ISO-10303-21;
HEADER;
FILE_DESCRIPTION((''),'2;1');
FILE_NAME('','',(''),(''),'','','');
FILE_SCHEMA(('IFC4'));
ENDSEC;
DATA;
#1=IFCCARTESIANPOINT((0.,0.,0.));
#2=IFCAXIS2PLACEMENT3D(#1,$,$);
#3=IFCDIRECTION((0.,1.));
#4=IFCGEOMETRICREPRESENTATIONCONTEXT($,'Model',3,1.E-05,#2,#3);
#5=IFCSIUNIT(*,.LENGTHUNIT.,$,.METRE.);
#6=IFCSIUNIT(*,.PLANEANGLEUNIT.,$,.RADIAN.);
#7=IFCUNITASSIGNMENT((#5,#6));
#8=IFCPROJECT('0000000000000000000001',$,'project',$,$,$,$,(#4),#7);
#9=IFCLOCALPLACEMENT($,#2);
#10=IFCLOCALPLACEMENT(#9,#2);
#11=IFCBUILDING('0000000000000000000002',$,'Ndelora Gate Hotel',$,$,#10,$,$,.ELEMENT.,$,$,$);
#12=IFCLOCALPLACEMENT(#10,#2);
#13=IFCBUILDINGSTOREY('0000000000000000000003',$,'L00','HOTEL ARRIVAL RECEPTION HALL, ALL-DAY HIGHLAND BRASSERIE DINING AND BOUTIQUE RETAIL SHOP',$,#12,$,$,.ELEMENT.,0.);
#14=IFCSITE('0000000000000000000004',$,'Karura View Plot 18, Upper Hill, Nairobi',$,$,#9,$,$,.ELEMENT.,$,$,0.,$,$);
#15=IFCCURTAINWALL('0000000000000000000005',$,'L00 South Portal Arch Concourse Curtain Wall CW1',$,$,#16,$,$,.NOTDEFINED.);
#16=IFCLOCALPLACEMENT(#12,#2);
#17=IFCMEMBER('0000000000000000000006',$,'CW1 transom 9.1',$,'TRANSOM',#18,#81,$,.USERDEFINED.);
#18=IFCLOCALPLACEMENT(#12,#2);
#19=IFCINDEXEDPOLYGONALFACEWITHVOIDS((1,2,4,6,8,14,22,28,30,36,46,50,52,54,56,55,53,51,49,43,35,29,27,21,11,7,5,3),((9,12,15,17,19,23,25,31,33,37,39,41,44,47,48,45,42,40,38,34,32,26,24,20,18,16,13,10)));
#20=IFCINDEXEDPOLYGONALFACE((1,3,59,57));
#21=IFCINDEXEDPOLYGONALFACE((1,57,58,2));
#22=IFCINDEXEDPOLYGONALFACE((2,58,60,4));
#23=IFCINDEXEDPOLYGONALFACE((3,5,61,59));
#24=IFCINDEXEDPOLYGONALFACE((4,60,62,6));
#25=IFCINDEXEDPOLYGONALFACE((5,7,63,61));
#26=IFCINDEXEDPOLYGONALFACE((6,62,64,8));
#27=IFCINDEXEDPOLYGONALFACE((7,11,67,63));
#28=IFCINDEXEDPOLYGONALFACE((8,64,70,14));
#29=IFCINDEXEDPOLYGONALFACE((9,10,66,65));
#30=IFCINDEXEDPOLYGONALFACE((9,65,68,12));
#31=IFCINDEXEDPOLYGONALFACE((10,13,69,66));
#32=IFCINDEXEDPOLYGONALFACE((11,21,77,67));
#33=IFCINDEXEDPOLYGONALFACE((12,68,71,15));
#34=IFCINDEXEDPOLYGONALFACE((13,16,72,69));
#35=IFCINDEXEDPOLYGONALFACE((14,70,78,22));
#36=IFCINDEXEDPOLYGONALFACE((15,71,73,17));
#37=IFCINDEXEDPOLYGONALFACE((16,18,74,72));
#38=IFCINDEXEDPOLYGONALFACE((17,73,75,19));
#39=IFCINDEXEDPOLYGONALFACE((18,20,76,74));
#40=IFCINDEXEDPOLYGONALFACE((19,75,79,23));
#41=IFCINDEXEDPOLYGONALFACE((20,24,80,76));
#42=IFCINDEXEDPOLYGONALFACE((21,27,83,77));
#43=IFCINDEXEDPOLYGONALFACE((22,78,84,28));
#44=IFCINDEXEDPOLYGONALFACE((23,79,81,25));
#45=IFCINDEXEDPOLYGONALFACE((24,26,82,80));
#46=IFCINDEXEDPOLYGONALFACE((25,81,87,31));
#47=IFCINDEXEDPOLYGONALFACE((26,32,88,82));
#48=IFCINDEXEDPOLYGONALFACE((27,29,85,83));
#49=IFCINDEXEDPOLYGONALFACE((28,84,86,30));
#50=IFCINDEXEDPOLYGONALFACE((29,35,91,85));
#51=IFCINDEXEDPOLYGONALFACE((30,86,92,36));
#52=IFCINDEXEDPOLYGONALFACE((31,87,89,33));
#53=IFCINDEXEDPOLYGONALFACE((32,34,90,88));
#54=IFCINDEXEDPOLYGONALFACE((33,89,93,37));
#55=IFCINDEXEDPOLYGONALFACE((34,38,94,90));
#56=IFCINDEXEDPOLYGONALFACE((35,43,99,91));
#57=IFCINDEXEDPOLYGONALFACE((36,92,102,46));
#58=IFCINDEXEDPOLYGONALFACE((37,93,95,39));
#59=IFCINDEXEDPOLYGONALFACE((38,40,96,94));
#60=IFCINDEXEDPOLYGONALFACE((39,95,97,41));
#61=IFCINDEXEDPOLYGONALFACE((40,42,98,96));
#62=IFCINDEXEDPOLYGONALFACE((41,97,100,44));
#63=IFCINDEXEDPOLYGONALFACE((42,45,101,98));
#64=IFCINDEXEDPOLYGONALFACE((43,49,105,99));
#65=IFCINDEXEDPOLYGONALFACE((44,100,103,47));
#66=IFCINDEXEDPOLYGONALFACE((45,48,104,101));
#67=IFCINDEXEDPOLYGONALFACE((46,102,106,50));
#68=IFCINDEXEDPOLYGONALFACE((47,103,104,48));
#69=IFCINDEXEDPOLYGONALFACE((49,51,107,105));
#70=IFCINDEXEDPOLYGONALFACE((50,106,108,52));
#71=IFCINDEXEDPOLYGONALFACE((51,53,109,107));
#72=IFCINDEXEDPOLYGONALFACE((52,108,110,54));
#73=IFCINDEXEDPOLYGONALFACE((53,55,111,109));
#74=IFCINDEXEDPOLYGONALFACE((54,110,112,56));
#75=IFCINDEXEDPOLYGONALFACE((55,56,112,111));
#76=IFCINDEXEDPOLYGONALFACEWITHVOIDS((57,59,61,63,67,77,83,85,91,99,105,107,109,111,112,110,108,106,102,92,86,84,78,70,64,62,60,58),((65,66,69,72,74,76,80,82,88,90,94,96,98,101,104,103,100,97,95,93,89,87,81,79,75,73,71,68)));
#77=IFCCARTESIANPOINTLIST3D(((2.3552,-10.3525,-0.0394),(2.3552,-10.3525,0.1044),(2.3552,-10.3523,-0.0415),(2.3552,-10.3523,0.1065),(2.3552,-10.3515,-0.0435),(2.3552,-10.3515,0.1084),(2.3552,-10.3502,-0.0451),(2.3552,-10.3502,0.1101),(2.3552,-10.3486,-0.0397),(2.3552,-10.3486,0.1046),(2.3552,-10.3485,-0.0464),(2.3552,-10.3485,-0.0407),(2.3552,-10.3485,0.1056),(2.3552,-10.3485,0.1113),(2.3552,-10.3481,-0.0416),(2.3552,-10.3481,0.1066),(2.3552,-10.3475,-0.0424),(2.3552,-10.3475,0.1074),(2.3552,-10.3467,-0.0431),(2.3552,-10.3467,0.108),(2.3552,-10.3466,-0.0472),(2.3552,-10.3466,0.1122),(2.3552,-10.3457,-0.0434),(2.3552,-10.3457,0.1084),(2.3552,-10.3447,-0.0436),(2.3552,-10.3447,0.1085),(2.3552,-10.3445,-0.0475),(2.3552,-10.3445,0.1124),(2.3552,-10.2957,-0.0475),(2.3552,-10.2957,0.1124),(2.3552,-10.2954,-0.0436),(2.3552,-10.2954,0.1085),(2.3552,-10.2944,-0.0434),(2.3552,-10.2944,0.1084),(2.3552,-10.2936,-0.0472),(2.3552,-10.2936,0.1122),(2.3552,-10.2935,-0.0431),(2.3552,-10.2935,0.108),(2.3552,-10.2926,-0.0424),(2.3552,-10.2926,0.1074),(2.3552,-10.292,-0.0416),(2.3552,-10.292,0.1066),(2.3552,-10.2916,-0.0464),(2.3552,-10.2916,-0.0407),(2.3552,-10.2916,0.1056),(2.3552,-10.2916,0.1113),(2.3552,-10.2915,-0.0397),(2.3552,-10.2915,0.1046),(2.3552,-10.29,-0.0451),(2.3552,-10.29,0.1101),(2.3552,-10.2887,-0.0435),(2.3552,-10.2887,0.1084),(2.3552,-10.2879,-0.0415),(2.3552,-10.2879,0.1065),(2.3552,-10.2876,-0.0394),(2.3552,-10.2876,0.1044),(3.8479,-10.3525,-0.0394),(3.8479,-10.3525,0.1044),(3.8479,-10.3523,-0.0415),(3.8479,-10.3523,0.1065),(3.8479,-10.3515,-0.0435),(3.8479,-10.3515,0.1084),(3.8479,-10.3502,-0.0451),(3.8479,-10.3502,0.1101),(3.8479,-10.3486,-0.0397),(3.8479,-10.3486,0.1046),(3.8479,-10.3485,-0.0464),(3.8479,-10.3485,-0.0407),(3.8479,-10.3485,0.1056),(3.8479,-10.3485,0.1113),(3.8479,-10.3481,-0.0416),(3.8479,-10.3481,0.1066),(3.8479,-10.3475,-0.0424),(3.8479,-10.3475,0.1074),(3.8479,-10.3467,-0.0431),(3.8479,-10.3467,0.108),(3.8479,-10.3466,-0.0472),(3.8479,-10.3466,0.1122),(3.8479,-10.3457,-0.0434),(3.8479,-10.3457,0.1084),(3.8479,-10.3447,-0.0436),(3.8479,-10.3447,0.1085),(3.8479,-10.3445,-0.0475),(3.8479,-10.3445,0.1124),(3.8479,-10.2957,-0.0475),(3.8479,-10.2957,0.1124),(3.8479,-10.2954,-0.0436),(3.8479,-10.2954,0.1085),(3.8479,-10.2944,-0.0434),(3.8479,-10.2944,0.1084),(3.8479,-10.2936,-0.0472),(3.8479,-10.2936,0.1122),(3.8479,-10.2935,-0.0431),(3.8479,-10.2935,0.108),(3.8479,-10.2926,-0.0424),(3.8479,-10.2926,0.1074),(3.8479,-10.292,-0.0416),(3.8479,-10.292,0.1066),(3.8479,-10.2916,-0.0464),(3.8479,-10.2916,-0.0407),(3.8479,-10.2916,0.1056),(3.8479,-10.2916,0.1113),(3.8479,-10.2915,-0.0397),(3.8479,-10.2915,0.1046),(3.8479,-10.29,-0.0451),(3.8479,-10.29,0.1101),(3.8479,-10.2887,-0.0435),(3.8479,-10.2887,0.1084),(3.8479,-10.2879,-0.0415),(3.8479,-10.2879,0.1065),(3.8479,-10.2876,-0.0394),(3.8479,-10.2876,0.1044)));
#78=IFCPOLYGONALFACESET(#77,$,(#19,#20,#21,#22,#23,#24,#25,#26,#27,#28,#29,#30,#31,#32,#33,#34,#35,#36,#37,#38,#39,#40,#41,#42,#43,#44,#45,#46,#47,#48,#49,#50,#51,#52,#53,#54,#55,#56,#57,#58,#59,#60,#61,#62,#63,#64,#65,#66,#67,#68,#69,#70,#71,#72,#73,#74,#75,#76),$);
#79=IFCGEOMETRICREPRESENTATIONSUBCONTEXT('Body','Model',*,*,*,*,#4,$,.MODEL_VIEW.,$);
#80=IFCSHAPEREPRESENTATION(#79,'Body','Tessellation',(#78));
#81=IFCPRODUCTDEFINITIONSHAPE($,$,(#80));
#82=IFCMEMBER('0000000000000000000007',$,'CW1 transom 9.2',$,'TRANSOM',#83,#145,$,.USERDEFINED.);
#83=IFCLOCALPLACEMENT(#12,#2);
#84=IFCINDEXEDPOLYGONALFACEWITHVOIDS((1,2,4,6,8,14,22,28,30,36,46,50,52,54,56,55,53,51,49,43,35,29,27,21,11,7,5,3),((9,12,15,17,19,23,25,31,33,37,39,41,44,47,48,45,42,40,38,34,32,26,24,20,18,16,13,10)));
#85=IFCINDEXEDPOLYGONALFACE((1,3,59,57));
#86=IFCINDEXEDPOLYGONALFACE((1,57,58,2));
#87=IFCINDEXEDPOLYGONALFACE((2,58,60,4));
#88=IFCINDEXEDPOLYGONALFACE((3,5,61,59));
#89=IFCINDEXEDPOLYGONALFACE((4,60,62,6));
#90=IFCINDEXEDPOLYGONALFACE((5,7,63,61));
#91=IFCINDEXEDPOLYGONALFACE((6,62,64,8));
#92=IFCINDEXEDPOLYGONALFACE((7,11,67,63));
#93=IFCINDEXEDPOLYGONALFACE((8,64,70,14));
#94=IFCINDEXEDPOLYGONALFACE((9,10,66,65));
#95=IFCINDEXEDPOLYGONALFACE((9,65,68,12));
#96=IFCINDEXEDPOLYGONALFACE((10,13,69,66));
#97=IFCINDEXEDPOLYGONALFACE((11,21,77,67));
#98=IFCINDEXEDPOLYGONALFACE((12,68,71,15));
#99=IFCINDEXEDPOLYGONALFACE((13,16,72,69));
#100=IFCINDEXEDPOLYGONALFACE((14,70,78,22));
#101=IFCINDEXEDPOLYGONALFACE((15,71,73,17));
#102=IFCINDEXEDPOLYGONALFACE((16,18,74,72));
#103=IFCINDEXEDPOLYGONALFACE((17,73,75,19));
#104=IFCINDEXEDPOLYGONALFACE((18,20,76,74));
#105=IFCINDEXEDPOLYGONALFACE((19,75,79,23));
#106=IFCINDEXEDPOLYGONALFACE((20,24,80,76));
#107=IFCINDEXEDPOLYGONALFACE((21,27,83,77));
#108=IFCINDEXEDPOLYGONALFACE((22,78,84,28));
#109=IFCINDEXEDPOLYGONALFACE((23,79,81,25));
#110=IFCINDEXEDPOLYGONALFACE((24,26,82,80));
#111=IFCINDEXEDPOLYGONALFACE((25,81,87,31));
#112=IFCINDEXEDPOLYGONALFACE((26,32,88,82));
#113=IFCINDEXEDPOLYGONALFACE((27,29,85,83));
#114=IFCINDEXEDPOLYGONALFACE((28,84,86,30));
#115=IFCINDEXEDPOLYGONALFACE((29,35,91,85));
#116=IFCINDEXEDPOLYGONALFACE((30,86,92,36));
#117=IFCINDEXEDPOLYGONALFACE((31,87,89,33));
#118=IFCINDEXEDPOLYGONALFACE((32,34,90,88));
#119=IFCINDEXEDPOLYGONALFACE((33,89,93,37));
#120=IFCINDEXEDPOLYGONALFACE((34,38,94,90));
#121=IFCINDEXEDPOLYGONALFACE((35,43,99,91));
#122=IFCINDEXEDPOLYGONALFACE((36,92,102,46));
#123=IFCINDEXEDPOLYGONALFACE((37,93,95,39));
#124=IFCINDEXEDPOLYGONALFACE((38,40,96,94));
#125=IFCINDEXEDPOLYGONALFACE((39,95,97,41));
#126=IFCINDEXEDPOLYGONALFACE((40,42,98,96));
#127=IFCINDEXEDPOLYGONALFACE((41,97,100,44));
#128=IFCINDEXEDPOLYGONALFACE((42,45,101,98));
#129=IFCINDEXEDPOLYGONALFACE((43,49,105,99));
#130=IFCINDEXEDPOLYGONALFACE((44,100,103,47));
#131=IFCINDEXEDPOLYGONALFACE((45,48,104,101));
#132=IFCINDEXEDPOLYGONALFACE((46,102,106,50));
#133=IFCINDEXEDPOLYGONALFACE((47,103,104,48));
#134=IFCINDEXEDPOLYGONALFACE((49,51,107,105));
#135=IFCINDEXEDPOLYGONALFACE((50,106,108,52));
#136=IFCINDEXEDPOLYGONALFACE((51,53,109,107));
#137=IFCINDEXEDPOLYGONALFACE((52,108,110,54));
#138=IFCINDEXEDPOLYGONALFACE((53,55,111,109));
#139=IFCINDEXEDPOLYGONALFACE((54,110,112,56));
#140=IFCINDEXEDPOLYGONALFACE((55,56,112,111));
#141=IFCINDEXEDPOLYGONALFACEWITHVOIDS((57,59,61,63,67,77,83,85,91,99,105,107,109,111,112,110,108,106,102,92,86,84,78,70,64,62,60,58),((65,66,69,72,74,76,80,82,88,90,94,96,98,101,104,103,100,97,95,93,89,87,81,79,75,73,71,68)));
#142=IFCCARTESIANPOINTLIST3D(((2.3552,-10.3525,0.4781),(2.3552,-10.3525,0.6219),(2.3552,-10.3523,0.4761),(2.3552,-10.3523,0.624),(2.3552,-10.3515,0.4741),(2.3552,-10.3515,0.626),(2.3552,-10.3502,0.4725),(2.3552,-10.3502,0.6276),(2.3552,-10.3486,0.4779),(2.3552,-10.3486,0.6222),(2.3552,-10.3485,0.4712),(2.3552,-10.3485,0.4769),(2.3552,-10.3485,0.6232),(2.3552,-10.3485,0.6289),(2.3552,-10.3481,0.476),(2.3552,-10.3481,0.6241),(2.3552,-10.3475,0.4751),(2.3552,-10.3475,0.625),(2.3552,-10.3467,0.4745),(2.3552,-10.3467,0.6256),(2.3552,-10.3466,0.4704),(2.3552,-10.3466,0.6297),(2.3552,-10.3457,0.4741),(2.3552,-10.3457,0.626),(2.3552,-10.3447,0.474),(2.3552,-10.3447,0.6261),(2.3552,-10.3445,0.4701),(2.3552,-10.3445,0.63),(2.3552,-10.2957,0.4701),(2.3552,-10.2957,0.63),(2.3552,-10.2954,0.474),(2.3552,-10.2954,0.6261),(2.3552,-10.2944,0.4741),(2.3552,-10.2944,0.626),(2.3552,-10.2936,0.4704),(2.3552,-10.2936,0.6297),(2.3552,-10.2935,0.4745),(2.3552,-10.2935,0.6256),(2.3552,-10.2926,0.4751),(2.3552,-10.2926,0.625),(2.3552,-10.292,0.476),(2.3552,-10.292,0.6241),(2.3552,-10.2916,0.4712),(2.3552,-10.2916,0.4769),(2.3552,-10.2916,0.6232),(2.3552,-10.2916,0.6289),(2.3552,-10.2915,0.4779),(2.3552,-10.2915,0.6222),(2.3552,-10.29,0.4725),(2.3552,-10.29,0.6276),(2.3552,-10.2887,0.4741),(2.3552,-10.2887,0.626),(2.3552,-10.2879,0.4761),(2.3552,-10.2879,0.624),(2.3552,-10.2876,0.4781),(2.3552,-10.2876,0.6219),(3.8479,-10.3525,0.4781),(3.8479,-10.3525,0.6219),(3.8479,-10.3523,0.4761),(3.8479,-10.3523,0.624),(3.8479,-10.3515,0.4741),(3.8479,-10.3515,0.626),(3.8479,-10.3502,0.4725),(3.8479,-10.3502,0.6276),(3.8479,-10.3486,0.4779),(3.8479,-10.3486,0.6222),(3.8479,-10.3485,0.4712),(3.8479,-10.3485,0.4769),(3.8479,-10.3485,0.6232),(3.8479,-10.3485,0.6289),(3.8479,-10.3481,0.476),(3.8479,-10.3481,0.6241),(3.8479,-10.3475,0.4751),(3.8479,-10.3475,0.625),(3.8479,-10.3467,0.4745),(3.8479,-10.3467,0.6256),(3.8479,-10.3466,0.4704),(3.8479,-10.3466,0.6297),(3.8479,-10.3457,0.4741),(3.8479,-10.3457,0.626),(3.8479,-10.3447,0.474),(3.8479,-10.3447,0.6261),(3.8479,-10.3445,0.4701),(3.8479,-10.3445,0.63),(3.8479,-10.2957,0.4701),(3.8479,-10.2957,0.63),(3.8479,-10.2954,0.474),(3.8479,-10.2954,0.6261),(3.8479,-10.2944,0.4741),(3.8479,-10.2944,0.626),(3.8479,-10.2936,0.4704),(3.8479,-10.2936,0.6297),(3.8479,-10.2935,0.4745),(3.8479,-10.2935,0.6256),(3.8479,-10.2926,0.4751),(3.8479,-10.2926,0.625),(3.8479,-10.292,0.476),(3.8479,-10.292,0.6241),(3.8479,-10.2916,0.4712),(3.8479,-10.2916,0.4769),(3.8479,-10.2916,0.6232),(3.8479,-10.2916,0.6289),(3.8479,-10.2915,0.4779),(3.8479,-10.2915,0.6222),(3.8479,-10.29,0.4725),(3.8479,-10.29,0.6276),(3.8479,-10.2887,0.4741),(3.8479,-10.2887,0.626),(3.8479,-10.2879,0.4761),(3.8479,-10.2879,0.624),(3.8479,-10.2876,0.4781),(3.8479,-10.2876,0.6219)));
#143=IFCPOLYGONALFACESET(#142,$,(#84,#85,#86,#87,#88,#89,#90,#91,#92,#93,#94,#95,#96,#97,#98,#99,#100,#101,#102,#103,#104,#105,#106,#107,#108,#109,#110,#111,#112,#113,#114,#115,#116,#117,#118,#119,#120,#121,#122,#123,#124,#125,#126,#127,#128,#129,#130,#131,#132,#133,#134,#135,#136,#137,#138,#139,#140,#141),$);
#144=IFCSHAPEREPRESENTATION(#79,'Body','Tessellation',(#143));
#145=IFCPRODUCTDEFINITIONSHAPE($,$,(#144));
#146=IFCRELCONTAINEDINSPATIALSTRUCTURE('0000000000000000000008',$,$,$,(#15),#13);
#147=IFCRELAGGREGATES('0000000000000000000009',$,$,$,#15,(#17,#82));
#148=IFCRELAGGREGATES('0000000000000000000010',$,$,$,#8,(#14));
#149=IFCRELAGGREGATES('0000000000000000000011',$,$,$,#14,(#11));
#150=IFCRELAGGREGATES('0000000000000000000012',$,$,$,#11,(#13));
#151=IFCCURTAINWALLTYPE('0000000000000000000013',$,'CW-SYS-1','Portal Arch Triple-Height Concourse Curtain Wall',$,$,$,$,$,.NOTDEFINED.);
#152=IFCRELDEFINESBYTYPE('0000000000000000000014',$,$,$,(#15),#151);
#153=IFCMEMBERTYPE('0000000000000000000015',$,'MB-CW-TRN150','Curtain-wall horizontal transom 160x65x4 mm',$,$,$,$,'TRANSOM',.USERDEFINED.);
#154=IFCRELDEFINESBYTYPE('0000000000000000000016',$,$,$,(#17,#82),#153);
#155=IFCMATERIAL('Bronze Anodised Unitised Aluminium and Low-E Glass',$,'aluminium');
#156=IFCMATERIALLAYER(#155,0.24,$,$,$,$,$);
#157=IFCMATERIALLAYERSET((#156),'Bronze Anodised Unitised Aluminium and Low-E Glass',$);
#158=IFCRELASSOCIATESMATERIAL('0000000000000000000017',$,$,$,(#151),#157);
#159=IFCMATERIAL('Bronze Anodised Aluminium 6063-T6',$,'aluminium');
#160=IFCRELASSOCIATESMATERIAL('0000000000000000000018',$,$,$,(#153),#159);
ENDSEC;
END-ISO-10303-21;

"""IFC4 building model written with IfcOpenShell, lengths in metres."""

from ifc_helpers import new_model, si_unit, direction, frame, origin, origin_2d, place, context, subcontext, project, spatial, hollow_rectangle, extrude, material, layer, layer_set, material_profile, profile_set, type_object, element, aggregate, save


model = new_model("IFC4")

# Units and contexts
model_context = context("Model", 3, precision=1e-05, world=origin(), true_north=direction((0.0, 1.0)))
body_context = subcontext(model_context, "Body", "Model", "MODEL_VIEW")
ifc_project = project(units=[si_unit("LENGTHUNIT", "METRE"), si_unit("PLANEANGLEUNIT", "RADIAN")], contexts=[model_context])

# Site, building, storey
site_placement = place(None, origin())
site = spatial("IfcSite", under=ifc_project, at=site_placement, Name="Karura View Plot 18, Upper Hill, Nairobi", CompositionType="ELEMENT", RefElevation=0.0)
building_placement = place(site_placement, origin())
building = spatial("IfcBuilding", under=site, at=building_placement, Name="Ndelora Gate Hotel", CompositionType="ELEMENT")
storey_placement = place(building_placement, origin())
storey = spatial("IfcBuildingStorey", under=building, at=storey_placement, Name="L00", Description="HOTEL ARRIVAL RECEPTION HALL, ALL-DAY HIGHLAND BRASSERIE DINING AND BOUTIQUE RETAIL SHOP", CompositionType="ELEMENT", Elevation=0.0)

# Curtain wall, members
ifc_material_1 = material(Name="Bronze Anodised Unitised Aluminium and Low-E Glass", Category="aluminium")
ifc_layer_1 = layer(ifc_material_1, 0.24)
ifc_layer_set_1 = layer_set([ifc_layer_1], Name="Bronze Anodised Unitised Aluminium and Low-E Glass")
curtain_wall_type = type_object("IfcCurtainWallType", Name="CW-SYS-1", Description="Portal Arch Triple-Height Concourse Curtain Wall", PredefinedType="NOTDEFINED", material=ifc_layer_set_1)
curtain_wall_placement = place(storey_placement, origin())
curtain_wall = element("IfcCurtainWall", 1, at=curtain_wall_placement, inside=storey, type_object=curtain_wall_type, Name="L00 South Portal Arch Concourse Curtain Wall CW1", PredefinedType="NOTDEFINED")
ifc_material_2 = material(Name="Bronze Anodised Aluminium 6063-T6", Category="aluminium")
ifc_material_profile_1 = material_profile(ifc_material_2, hollow_rectangle(XDim=0.0649, YDim=0.1599, WallThickness=0.0039, InnerFilletRadius=0.0039, OuterFilletRadius=0.0081, at=origin_2d()), Name="ALU 160x65x4")
ifc_profile_set_1 = profile_set([ifc_material_profile_1], Name="Bronze Anodised Aluminium 6063-T6")
member_type_1 = type_object("IfcMemberType", Name="MB-CW-TRN150", Description="Curtain-wall horizontal transom 160x65x4 mm", ElementType="TRANSOM", PredefinedType="USERDEFINED", material=ifc_profile_set_1)
member_1_placement = place(storey_placement, frame((2.3552, -10.3201, 0.0325), z_axis=(1.0, 0.0, 0.0), x_axis=(0.0, 1.0, 0.0)))
member_1 = element("IfcMember", 2, at=member_1_placement, type_object=member_type_1, Name="CW1 transom 9.1", ObjectType="TRANSOM", PredefinedType="USERDEFINED", context=body_context, shape_type="SweptSolid", body=[
    extrude(hollow_rectangle(XDim=0.0649, YDim=0.1599, WallThickness=0.0039, InnerFilletRadius=0.0039, OuterFilletRadius=0.0081, at=origin_2d()), origin(), (0.0, 0.0, 1.0), 1.4927),
])
member_2_placement = place(storey_placement, frame((2.3552, -10.3201, 0.55), z_axis=(1.0, 0.0, 0.0), x_axis=(0.0, 1.0, 0.0)))
member_2 = element("IfcMember", 3, at=member_2_placement, type_object=member_type_1, Name="CW1 transom 9.2", ObjectType="TRANSOM", PredefinedType="USERDEFINED", context=body_context, shape_type="SweptSolid", body=[
    extrude(hollow_rectangle(XDim=0.0649, YDim=0.1599, WallThickness=0.0039, InnerFilletRadius=0.0039, OuterFilletRadius=0.0081, at=origin_2d()), origin(), (0.0, 0.0, 1.0), 1.4927),
])
aggregate(curtain_wall, [member_1, member_2])

save(model, "model.ifc")
